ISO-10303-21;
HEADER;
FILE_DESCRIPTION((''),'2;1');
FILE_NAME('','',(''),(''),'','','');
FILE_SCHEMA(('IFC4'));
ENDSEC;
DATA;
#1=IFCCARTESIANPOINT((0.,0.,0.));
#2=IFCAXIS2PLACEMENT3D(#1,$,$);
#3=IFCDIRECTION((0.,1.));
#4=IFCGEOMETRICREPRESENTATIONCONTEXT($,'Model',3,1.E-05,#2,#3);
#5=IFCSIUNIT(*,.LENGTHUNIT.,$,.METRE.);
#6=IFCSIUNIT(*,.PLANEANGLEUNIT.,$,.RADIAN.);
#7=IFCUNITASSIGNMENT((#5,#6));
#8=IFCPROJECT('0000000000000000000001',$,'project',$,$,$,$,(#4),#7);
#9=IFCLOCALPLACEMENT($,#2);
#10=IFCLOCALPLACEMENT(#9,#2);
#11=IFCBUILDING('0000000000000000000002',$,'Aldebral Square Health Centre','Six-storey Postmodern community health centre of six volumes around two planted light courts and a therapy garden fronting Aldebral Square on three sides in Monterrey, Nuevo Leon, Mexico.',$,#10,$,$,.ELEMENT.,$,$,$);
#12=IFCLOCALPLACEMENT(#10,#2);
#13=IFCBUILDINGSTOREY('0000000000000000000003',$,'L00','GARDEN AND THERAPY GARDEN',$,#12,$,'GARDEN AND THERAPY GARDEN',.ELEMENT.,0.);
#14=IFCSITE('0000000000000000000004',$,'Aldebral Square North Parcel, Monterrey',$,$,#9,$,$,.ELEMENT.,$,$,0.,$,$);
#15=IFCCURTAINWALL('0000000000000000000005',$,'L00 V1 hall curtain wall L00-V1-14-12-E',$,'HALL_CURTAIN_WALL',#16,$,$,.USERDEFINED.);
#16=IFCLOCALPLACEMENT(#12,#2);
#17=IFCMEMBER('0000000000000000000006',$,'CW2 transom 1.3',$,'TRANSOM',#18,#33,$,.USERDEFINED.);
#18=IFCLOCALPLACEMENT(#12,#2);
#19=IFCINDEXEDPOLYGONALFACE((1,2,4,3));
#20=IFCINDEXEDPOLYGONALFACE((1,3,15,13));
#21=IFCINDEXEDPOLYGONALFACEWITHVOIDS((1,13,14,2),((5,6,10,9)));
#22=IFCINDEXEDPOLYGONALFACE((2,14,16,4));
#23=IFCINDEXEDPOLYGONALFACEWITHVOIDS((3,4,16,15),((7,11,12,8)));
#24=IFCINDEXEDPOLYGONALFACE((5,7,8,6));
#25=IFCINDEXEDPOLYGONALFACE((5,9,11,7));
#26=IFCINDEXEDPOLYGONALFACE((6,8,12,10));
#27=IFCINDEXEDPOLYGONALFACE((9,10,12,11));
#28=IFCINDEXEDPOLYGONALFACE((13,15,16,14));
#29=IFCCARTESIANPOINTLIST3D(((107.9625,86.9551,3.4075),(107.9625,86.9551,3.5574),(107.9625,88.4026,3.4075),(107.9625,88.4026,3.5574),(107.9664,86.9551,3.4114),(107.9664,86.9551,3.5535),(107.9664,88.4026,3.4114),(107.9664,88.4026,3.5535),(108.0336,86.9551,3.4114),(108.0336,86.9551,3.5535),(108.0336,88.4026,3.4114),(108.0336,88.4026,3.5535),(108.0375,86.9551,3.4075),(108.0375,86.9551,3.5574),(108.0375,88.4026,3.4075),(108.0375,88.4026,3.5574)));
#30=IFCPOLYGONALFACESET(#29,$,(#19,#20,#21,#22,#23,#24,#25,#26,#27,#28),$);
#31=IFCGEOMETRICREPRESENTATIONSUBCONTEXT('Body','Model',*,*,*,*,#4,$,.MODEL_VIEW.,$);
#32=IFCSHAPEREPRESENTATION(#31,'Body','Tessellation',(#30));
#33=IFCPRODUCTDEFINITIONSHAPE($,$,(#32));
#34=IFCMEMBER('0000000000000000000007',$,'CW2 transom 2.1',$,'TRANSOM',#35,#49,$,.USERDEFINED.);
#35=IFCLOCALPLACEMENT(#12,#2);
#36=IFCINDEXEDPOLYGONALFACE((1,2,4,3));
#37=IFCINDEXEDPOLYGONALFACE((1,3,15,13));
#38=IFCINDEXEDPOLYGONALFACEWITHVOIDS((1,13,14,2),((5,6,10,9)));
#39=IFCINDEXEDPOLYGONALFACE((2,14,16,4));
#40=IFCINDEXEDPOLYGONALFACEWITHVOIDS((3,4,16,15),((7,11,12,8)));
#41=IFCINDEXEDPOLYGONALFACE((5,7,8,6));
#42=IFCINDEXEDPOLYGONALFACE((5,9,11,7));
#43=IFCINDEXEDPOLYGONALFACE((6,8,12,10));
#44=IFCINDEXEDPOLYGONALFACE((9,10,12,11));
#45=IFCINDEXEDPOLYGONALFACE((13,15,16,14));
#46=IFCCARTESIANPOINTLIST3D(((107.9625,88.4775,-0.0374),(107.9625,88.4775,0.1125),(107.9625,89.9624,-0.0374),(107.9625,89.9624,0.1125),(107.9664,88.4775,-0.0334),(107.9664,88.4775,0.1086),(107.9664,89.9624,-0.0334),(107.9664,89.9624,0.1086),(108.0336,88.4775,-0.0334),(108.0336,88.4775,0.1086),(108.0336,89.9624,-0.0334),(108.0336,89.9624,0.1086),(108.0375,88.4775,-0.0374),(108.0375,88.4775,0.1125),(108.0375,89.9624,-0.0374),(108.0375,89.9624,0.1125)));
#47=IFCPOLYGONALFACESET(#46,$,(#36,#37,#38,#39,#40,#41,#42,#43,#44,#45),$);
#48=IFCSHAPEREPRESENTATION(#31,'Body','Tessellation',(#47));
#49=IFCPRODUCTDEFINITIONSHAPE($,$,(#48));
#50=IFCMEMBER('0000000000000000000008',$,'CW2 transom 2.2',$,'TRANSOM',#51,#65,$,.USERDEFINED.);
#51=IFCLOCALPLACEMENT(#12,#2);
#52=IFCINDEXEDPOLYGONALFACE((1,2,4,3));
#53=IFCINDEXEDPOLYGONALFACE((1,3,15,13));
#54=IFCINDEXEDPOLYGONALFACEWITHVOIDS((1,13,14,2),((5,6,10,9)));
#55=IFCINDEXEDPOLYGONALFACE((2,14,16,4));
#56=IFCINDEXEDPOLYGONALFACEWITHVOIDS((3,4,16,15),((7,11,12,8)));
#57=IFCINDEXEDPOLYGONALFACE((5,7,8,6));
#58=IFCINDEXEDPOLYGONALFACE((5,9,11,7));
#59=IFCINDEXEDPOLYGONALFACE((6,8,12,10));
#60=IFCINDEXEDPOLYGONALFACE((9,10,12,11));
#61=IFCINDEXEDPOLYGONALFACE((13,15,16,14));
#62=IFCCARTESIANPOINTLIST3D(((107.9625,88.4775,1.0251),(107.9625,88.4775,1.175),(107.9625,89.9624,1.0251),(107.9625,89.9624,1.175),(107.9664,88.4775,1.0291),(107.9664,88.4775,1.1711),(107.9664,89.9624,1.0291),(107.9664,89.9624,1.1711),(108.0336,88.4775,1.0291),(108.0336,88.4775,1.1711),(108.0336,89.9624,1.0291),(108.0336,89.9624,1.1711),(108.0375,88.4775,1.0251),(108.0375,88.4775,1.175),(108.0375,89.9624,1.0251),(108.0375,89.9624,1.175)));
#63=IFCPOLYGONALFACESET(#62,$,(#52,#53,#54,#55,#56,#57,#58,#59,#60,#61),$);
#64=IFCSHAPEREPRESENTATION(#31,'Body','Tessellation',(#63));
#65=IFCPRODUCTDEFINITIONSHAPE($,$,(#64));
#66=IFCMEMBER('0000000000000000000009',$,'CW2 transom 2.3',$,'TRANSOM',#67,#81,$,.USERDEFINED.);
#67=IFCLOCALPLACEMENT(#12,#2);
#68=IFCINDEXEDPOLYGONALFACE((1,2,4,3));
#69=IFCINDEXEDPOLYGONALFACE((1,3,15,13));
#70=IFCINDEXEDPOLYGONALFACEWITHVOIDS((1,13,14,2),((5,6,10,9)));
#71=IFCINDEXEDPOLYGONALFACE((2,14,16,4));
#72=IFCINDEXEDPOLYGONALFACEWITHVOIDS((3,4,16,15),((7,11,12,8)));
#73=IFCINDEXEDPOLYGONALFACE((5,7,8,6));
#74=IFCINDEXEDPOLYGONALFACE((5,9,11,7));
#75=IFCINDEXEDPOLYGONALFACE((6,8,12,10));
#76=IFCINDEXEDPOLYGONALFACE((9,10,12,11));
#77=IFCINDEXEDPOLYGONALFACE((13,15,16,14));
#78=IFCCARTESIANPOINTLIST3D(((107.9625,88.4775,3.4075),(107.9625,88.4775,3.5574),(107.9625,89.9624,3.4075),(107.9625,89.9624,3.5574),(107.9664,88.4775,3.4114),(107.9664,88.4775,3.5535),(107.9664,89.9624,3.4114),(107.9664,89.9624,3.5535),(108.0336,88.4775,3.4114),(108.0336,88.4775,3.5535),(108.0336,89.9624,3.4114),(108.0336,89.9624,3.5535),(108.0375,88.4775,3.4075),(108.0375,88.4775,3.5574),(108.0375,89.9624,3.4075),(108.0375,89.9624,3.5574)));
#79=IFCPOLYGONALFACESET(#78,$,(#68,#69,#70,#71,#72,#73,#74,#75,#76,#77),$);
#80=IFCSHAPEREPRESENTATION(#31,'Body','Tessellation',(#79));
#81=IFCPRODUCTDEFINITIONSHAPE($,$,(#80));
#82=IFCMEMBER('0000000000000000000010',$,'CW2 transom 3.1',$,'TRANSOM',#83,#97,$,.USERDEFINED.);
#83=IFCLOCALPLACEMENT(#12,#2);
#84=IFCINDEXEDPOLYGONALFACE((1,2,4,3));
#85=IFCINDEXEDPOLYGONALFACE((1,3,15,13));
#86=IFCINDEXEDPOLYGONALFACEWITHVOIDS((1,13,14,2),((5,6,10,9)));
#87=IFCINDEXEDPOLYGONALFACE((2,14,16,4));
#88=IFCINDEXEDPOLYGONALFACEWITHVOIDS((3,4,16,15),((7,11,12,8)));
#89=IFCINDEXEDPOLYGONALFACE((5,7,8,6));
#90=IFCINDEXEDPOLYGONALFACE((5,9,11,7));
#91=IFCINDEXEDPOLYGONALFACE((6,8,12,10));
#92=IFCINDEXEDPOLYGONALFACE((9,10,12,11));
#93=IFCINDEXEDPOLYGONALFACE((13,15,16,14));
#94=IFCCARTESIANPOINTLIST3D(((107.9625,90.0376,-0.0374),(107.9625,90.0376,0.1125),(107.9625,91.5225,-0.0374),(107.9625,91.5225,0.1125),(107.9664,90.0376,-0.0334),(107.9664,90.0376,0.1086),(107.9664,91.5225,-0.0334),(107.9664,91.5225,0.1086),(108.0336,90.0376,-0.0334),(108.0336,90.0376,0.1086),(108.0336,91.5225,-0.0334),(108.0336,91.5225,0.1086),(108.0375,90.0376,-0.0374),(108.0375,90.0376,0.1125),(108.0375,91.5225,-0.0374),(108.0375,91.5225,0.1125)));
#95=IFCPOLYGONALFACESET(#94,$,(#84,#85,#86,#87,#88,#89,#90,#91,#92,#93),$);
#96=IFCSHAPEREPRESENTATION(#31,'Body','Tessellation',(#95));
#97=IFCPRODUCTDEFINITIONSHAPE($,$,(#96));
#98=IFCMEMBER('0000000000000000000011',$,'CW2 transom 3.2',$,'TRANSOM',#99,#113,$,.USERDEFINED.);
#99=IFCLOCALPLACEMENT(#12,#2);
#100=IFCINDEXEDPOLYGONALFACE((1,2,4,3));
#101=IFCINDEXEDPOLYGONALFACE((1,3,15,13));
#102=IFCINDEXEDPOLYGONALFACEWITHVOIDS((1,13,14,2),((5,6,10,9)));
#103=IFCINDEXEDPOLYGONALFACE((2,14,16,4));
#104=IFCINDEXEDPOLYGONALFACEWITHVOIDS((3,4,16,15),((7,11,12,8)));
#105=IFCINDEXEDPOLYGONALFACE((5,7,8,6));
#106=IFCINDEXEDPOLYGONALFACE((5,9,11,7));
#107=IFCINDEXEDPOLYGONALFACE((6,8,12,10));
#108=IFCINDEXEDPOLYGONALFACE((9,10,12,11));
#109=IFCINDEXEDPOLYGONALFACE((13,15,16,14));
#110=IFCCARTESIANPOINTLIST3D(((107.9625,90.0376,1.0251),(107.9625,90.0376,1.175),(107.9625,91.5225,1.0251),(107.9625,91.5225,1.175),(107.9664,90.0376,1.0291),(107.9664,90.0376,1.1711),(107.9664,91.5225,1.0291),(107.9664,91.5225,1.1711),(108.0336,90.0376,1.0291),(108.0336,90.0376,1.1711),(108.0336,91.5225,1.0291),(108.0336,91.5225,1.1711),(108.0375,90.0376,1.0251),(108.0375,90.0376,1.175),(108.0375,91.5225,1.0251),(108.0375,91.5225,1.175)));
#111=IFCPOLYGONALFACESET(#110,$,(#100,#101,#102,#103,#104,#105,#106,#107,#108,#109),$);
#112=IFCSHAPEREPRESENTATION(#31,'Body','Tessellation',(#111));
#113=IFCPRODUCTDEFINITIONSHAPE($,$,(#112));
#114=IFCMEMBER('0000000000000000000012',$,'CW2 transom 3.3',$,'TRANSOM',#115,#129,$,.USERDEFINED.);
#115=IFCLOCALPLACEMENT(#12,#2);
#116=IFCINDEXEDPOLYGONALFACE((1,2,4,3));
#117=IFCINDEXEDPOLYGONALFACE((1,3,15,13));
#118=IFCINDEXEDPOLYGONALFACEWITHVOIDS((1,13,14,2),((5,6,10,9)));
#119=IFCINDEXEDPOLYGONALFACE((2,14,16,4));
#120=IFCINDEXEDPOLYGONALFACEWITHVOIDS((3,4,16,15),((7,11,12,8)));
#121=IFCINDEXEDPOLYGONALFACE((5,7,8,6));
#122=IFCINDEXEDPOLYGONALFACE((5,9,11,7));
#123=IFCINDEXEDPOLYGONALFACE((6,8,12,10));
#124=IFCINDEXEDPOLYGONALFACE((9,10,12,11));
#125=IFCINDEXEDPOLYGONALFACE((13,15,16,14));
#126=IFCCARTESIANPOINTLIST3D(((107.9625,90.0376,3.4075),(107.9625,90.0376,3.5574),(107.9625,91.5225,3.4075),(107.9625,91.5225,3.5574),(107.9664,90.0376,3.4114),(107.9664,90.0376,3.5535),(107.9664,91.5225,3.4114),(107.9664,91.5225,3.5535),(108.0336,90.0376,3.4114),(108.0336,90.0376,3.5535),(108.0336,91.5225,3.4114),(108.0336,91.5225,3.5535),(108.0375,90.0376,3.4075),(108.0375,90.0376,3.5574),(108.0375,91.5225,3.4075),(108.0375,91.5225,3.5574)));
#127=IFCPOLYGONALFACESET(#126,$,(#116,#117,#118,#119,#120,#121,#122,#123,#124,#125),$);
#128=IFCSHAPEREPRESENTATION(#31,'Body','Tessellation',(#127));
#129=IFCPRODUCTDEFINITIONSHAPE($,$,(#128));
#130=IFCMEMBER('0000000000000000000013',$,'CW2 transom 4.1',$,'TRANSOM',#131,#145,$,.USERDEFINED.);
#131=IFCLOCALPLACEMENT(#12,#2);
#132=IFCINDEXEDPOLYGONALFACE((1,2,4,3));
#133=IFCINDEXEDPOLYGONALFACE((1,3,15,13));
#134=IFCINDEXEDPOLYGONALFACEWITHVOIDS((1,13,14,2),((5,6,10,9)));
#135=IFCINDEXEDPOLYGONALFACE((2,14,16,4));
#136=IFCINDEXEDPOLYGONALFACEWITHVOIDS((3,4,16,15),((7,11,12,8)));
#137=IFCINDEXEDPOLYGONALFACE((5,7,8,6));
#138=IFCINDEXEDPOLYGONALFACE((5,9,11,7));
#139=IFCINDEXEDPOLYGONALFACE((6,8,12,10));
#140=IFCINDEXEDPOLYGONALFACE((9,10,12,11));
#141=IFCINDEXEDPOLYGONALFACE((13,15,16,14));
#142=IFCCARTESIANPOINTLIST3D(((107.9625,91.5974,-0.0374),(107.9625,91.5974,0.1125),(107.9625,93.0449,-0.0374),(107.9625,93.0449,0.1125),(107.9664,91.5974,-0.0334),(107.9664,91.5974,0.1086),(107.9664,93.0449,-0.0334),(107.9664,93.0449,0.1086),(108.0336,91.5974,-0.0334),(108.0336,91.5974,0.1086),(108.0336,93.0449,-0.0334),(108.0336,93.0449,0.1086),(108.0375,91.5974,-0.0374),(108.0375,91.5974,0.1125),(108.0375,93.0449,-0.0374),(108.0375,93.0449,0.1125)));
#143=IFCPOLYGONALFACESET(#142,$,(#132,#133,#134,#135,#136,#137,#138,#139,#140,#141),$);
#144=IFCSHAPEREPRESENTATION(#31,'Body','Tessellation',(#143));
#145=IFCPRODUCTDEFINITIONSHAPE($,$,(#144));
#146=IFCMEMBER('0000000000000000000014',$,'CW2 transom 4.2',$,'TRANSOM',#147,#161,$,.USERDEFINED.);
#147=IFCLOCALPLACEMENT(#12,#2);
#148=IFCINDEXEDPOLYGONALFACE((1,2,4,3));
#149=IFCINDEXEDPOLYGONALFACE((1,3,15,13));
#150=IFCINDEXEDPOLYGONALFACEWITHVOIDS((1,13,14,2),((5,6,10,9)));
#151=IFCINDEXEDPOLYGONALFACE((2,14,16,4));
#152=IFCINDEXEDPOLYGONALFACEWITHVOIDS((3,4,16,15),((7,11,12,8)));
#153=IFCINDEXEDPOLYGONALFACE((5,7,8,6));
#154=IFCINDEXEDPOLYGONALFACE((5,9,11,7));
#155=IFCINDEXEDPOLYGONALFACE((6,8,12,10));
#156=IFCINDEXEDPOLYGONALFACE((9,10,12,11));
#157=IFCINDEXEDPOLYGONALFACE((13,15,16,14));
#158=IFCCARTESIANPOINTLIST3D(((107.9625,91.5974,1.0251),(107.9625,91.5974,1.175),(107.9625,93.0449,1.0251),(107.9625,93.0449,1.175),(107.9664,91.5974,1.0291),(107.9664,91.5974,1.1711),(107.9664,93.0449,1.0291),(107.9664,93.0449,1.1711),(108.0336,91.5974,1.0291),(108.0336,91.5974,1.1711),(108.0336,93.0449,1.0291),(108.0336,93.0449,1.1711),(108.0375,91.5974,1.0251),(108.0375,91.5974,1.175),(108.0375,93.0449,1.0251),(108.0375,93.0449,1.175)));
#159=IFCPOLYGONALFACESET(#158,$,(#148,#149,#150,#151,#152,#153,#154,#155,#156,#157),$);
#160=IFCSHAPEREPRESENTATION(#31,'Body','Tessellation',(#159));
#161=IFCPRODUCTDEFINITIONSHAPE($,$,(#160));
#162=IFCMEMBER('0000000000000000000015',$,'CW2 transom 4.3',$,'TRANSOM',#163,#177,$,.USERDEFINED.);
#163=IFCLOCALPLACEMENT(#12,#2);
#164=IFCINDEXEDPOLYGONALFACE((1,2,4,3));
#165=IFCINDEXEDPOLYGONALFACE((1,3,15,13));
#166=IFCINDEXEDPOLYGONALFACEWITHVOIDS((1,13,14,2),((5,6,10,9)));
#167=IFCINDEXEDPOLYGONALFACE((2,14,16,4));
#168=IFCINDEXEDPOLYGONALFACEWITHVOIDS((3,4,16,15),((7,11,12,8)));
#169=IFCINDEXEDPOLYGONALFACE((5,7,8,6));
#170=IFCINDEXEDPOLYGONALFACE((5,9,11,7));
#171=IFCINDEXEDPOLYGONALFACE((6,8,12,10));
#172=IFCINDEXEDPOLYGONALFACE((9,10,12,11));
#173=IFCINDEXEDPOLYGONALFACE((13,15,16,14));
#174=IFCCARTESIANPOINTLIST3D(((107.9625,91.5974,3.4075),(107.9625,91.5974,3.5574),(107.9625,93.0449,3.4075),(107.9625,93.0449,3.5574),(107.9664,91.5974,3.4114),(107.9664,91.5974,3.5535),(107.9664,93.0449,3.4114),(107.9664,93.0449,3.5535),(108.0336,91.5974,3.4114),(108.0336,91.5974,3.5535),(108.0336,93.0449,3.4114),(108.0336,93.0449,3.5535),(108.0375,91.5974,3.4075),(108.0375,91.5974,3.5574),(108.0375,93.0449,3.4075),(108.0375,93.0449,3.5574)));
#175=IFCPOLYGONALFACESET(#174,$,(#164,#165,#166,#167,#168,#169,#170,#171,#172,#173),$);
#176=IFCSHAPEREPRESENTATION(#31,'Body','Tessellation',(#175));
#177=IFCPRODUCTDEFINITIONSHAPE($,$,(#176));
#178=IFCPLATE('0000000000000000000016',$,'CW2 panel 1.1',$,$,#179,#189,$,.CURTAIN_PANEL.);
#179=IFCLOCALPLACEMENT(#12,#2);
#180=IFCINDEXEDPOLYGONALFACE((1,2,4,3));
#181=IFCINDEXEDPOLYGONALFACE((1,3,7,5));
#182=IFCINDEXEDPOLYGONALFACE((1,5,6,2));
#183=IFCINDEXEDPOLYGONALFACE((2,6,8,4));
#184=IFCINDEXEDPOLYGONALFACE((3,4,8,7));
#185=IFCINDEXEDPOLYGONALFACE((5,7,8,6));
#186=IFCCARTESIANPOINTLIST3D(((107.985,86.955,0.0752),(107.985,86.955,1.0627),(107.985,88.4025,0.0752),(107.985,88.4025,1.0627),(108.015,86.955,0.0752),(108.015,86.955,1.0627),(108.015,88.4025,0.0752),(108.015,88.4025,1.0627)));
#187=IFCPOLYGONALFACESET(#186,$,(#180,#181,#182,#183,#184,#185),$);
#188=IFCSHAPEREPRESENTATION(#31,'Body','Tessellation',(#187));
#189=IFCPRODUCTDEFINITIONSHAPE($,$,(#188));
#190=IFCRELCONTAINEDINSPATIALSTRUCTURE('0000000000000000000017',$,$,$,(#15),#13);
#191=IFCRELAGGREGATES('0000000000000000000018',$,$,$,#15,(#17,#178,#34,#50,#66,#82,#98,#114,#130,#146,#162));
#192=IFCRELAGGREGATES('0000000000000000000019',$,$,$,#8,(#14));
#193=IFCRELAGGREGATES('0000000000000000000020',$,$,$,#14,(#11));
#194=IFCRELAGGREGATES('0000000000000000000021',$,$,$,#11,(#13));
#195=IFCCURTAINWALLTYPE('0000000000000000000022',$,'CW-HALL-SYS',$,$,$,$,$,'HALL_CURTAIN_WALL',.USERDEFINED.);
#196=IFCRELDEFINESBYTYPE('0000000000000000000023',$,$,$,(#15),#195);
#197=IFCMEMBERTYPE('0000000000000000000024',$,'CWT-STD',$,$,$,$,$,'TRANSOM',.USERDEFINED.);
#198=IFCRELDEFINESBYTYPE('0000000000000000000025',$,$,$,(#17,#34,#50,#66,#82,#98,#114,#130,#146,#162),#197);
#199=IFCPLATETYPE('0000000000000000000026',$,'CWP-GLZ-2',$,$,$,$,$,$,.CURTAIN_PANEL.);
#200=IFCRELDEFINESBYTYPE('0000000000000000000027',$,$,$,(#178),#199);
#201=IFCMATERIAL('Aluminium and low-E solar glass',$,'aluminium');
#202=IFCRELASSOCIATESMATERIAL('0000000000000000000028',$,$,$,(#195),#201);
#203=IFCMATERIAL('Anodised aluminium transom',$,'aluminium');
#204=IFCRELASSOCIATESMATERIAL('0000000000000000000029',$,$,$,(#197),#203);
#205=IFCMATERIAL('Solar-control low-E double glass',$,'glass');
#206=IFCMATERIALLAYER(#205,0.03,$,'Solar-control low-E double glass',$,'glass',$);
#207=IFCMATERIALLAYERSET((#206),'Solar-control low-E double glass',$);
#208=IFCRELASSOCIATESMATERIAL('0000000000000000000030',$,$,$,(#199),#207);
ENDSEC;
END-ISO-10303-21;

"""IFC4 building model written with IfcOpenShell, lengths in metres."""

from ifc_helpers import new_model, si_unit, direction, frame, origin, origin_2d, place, context, subcontext, project, spatial, rectangle, hollow_rectangle, extrude, material, layer, layer_set, material_profile, profile_set, type_object, element, aggregate, save


model = new_model("IFC4")

# Units and contexts
model_context = context("Model", 3, precision=1e-05, world=origin(), true_north=direction((0.0, 1.0)))
body_context = subcontext(model_context, "Body", "Model", "MODEL_VIEW")
ifc_project = project(units=[si_unit("LENGTHUNIT", "METRE"), si_unit("PLANEANGLEUNIT", "RADIAN")], contexts=[model_context])

# Site, building, storey
site_placement = place(None, origin())
site = spatial("IfcSite", under=ifc_project, at=site_placement, Name="Aldebral Square North Parcel, Monterrey", CompositionType="ELEMENT", RefElevation=0.0)
building_placement = place(site_placement, origin())
building = spatial("IfcBuilding", under=site, at=building_placement, Name="Aldebral Square Health Centre", Description="Six-storey Postmodern community health centre of six volumes around two planted light courts and a therapy garden fronting Aldebral Square on three sides in Monterrey, Nuevo Leon, Mexico.", CompositionType="ELEMENT")
storey_placement = place(building_placement, origin())
storey = spatial("IfcBuildingStorey", under=building, at=storey_placement, Name="L00", Description="GARDEN AND THERAPY GARDEN", LongName="GARDEN AND THERAPY GARDEN", CompositionType="ELEMENT", Elevation=0.0)

# Curtain wall, members, plate
ifc_material_1 = material(Name="Aluminium and low-E solar glass", Category="aluminium")
curtain_wall_type = type_object("IfcCurtainWallType", Name="CW-HALL-SYS", ElementType="HALL_CURTAIN_WALL", PredefinedType="USERDEFINED", material=ifc_material_1)
curtain_wall_placement = place(storey_placement, origin())
curtain_wall = element("IfcCurtainWall", 1, at=curtain_wall_placement, inside=storey, type_object=curtain_wall_type, Name="L00 V1 hall curtain wall L00-V1-14-12-E", ObjectType="HALL_CURTAIN_WALL", PredefinedType="USERDEFINED")
ifc_material_2 = material(Name="Anodised aluminium transom", Category="aluminium")
ifc_material_profile_1 = material_profile(ifc_material_2, hollow_rectangle(XDim=0.075, YDim=0.1499, WallThickness=0.0039, at=origin_2d()), Name="CWT 75x150x4")
ifc_profile_set_1 = profile_set([ifc_material_profile_1], Name="Anodised aluminium transom")
member_type_1 = type_object("IfcMemberType", Name="CWT-STD", ElementType="TRANSOM", PredefinedType="USERDEFINED", material=ifc_profile_set_1)
member_1_placement = place(storey_placement, frame((108.0, 86.9551, 3.4824), z_axis=(0.0, 1.0, 0.0), x_axis=(-1.0, 0.0, 0.0)))
member_1 = element("IfcMember", 2, at=member_1_placement, type_object=member_type_1, Name="CW2 transom 1.3", ObjectType="TRANSOM", PredefinedType="USERDEFINED", context=body_context, shape_type="SweptSolid", body=[
    extrude(hollow_rectangle(XDim=0.075, YDim=0.1499, WallThickness=0.0039, at=origin_2d()), origin(), (0.0, 0.0, 1.0), 1.4475),
])
member_2_placement = place(storey_placement, frame((108.0, 88.4775, 0.0376), z_axis=(0.0, 1.0, 0.0), x_axis=(-1.0, 0.0, 0.0)))
member_2 = element("IfcMember", 3, at=member_2_placement, type_object=member_type_1, Name="CW2 transom 2.1", ObjectType="TRANSOM", PredefinedType="USERDEFINED", context=body_context, shape_type="SweptSolid", body=[
    extrude(hollow_rectangle(XDim=0.075, YDim=0.1499, WallThickness=0.0039, at=origin_2d()), origin(), (0.0, 0.0, 1.0), 1.4849),
])
member_3_placement = place(storey_placement, frame((108.0, 88.4775, 1.1001), z_axis=(0.0, 1.0, 0.0), x_axis=(-1.0, 0.0, 0.0)))
member_3 = element("IfcMember", 4, at=member_3_placement, type_object=member_type_1, Name="CW2 transom 2.2", ObjectType="TRANSOM", PredefinedType="USERDEFINED", context=body_context, shape_type="SweptSolid", body=[
    extrude(hollow_rectangle(XDim=0.075, YDim=0.1499, WallThickness=0.0039, at=origin_2d()), origin(), (0.0, 0.0, 1.0), 1.4849),
])
member_4_placement = place(storey_placement, frame((108.0, 88.4775, 3.4824), z_axis=(0.0, 1.0, 0.0), x_axis=(-1.0, 0.0, 0.0)))
member_4 = element("IfcMember", 5, at=member_4_placement, type_object=member_type_1, Name="CW2 transom 2.3", ObjectType="TRANSOM", PredefinedType="USERDEFINED", context=body_context, shape_type="SweptSolid", body=[
    extrude(hollow_rectangle(XDim=0.075, YDim=0.1499, WallThickness=0.0039, at=origin_2d()), origin(), (0.0, 0.0, 1.0), 1.4849),
])
member_5_placement = place(storey_placement, frame((108.0, 90.0376, 0.0376), z_axis=(0.0, 1.0, 0.0), x_axis=(-1.0, 0.0, 0.0)))
member_5 = element("IfcMember", 6, at=member_5_placement, type_object=member_type_1, Name="CW2 transom 3.1", ObjectType="TRANSOM", PredefinedType="USERDEFINED", context=body_context, shape_type="SweptSolid", body=[
    extrude(hollow_rectangle(XDim=0.075, YDim=0.1499, WallThickness=0.0039, at=origin_2d()), origin(), (0.0, 0.0, 1.0), 1.4849),
])
member_6_placement = place(storey_placement, frame((108.0, 90.0376, 1.1001), z_axis=(0.0, 1.0, 0.0), x_axis=(-1.0, 0.0, 0.0)))
member_6 = element("IfcMember", 7, at=member_6_placement, type_object=member_type_1, Name="CW2 transom 3.2", ObjectType="TRANSOM", PredefinedType="USERDEFINED", context=body_context, shape_type="SweptSolid", body=[
    extrude(hollow_rectangle(XDim=0.075, YDim=0.1499, WallThickness=0.0039, at=origin_2d()), origin(), (0.0, 0.0, 1.0), 1.4849),
])
member_7_placement = place(storey_placement, frame((108.0, 90.0376, 3.4824), z_axis=(0.0, 1.0, 0.0), x_axis=(-1.0, 0.0, 0.0)))
member_7 = element("IfcMember", 8, at=member_7_placement, type_object=member_type_1, Name="CW2 transom 3.3", ObjectType="TRANSOM", PredefinedType="USERDEFINED", context=body_context, shape_type="SweptSolid", body=[
    extrude(hollow_rectangle(XDim=0.075, YDim=0.1499, WallThickness=0.0039, at=origin_2d()), origin(), (0.0, 0.0, 1.0), 1.4849),
])
member_8_placement = place(storey_placement, frame((108.0, 91.5974, 0.0376), z_axis=(0.0, 1.0, 0.0), x_axis=(-1.0, 0.0, 0.0)))
member_8 = element("IfcMember", 9, at=member_8_placement, type_object=member_type_1, Name="CW2 transom 4.1", ObjectType="TRANSOM", PredefinedType="USERDEFINED", context=body_context, shape_type="SweptSolid", body=[
    extrude(hollow_rectangle(XDim=0.075, YDim=0.1499, WallThickness=0.0039, at=origin_2d()), origin(), (0.0, 0.0, 1.0), 1.4475),
])
member_9_placement = place(storey_placement, frame((108.0, 91.5974, 1.1001), z_axis=(0.0, 1.0, 0.0), x_axis=(-1.0, 0.0, 0.0)))
member_9 = element("IfcMember", 10, at=member_9_placement, type_object=member_type_1, Name="CW2 transom 4.2", ObjectType="TRANSOM", PredefinedType="USERDEFINED", context=body_context, shape_type="SweptSolid", body=[
    extrude(hollow_rectangle(XDim=0.075, YDim=0.1499, WallThickness=0.0039, at=origin_2d()), origin(), (0.0, 0.0, 1.0), 1.4475),
])
member_10_placement = place(storey_placement, frame((108.0, 91.5974, 3.4824), z_axis=(0.0, 1.0, 0.0), x_axis=(-1.0, 0.0, 0.0)))
member_10 = element("IfcMember", 11, at=member_10_placement, type_object=member_type_1, Name="CW2 transom 4.3", ObjectType="TRANSOM", PredefinedType="USERDEFINED", context=body_context, shape_type="SweptSolid", body=[
    extrude(hollow_rectangle(XDim=0.075, YDim=0.1499, WallThickness=0.0039, at=origin_2d()), origin(), (0.0, 0.0, 1.0), 1.4475),
])
ifc_material_3 = material(Name="Solar-control low-E double glass", Category="glass")
ifc_layer_1 = layer(ifc_material_3, 0.03, Name="Solar-control low-E double glass", Category="glass")
ifc_layer_set_1 = layer_set([ifc_layer_1], Name="Solar-control low-E double glass")
plate_type = type_object("IfcPlateType", Name="CWP-GLZ-2", PredefinedType="CURTAIN_PANEL", material=ifc_layer_set_1)
plate_1_placement = place(storey_placement, frame((108.0, 87.6787, 0.0752), z_axis=(0.0, 0.0, 1.0), x_axis=(0.0, 1.0, 0.0)))
plate_1 = element("IfcPlate", 12, at=plate_1_placement, type_object=plate_type, Name="CW2 panel 1.1", PredefinedType="CURTAIN_PANEL", context=body_context, shape_type="SweptSolid", body=[
    extrude(rectangle(XDim=1.4475, YDim=0.03, at=origin_2d()), origin(), (0.0, 0.0, 1.0), 0.9875),
])
aggregate(curtain_wall, [member_1, plate_1, member_2, member_3, member_4, member_5, member_6, member_7, member_8, member_9, member_10])

save(model, "model.ifc")
